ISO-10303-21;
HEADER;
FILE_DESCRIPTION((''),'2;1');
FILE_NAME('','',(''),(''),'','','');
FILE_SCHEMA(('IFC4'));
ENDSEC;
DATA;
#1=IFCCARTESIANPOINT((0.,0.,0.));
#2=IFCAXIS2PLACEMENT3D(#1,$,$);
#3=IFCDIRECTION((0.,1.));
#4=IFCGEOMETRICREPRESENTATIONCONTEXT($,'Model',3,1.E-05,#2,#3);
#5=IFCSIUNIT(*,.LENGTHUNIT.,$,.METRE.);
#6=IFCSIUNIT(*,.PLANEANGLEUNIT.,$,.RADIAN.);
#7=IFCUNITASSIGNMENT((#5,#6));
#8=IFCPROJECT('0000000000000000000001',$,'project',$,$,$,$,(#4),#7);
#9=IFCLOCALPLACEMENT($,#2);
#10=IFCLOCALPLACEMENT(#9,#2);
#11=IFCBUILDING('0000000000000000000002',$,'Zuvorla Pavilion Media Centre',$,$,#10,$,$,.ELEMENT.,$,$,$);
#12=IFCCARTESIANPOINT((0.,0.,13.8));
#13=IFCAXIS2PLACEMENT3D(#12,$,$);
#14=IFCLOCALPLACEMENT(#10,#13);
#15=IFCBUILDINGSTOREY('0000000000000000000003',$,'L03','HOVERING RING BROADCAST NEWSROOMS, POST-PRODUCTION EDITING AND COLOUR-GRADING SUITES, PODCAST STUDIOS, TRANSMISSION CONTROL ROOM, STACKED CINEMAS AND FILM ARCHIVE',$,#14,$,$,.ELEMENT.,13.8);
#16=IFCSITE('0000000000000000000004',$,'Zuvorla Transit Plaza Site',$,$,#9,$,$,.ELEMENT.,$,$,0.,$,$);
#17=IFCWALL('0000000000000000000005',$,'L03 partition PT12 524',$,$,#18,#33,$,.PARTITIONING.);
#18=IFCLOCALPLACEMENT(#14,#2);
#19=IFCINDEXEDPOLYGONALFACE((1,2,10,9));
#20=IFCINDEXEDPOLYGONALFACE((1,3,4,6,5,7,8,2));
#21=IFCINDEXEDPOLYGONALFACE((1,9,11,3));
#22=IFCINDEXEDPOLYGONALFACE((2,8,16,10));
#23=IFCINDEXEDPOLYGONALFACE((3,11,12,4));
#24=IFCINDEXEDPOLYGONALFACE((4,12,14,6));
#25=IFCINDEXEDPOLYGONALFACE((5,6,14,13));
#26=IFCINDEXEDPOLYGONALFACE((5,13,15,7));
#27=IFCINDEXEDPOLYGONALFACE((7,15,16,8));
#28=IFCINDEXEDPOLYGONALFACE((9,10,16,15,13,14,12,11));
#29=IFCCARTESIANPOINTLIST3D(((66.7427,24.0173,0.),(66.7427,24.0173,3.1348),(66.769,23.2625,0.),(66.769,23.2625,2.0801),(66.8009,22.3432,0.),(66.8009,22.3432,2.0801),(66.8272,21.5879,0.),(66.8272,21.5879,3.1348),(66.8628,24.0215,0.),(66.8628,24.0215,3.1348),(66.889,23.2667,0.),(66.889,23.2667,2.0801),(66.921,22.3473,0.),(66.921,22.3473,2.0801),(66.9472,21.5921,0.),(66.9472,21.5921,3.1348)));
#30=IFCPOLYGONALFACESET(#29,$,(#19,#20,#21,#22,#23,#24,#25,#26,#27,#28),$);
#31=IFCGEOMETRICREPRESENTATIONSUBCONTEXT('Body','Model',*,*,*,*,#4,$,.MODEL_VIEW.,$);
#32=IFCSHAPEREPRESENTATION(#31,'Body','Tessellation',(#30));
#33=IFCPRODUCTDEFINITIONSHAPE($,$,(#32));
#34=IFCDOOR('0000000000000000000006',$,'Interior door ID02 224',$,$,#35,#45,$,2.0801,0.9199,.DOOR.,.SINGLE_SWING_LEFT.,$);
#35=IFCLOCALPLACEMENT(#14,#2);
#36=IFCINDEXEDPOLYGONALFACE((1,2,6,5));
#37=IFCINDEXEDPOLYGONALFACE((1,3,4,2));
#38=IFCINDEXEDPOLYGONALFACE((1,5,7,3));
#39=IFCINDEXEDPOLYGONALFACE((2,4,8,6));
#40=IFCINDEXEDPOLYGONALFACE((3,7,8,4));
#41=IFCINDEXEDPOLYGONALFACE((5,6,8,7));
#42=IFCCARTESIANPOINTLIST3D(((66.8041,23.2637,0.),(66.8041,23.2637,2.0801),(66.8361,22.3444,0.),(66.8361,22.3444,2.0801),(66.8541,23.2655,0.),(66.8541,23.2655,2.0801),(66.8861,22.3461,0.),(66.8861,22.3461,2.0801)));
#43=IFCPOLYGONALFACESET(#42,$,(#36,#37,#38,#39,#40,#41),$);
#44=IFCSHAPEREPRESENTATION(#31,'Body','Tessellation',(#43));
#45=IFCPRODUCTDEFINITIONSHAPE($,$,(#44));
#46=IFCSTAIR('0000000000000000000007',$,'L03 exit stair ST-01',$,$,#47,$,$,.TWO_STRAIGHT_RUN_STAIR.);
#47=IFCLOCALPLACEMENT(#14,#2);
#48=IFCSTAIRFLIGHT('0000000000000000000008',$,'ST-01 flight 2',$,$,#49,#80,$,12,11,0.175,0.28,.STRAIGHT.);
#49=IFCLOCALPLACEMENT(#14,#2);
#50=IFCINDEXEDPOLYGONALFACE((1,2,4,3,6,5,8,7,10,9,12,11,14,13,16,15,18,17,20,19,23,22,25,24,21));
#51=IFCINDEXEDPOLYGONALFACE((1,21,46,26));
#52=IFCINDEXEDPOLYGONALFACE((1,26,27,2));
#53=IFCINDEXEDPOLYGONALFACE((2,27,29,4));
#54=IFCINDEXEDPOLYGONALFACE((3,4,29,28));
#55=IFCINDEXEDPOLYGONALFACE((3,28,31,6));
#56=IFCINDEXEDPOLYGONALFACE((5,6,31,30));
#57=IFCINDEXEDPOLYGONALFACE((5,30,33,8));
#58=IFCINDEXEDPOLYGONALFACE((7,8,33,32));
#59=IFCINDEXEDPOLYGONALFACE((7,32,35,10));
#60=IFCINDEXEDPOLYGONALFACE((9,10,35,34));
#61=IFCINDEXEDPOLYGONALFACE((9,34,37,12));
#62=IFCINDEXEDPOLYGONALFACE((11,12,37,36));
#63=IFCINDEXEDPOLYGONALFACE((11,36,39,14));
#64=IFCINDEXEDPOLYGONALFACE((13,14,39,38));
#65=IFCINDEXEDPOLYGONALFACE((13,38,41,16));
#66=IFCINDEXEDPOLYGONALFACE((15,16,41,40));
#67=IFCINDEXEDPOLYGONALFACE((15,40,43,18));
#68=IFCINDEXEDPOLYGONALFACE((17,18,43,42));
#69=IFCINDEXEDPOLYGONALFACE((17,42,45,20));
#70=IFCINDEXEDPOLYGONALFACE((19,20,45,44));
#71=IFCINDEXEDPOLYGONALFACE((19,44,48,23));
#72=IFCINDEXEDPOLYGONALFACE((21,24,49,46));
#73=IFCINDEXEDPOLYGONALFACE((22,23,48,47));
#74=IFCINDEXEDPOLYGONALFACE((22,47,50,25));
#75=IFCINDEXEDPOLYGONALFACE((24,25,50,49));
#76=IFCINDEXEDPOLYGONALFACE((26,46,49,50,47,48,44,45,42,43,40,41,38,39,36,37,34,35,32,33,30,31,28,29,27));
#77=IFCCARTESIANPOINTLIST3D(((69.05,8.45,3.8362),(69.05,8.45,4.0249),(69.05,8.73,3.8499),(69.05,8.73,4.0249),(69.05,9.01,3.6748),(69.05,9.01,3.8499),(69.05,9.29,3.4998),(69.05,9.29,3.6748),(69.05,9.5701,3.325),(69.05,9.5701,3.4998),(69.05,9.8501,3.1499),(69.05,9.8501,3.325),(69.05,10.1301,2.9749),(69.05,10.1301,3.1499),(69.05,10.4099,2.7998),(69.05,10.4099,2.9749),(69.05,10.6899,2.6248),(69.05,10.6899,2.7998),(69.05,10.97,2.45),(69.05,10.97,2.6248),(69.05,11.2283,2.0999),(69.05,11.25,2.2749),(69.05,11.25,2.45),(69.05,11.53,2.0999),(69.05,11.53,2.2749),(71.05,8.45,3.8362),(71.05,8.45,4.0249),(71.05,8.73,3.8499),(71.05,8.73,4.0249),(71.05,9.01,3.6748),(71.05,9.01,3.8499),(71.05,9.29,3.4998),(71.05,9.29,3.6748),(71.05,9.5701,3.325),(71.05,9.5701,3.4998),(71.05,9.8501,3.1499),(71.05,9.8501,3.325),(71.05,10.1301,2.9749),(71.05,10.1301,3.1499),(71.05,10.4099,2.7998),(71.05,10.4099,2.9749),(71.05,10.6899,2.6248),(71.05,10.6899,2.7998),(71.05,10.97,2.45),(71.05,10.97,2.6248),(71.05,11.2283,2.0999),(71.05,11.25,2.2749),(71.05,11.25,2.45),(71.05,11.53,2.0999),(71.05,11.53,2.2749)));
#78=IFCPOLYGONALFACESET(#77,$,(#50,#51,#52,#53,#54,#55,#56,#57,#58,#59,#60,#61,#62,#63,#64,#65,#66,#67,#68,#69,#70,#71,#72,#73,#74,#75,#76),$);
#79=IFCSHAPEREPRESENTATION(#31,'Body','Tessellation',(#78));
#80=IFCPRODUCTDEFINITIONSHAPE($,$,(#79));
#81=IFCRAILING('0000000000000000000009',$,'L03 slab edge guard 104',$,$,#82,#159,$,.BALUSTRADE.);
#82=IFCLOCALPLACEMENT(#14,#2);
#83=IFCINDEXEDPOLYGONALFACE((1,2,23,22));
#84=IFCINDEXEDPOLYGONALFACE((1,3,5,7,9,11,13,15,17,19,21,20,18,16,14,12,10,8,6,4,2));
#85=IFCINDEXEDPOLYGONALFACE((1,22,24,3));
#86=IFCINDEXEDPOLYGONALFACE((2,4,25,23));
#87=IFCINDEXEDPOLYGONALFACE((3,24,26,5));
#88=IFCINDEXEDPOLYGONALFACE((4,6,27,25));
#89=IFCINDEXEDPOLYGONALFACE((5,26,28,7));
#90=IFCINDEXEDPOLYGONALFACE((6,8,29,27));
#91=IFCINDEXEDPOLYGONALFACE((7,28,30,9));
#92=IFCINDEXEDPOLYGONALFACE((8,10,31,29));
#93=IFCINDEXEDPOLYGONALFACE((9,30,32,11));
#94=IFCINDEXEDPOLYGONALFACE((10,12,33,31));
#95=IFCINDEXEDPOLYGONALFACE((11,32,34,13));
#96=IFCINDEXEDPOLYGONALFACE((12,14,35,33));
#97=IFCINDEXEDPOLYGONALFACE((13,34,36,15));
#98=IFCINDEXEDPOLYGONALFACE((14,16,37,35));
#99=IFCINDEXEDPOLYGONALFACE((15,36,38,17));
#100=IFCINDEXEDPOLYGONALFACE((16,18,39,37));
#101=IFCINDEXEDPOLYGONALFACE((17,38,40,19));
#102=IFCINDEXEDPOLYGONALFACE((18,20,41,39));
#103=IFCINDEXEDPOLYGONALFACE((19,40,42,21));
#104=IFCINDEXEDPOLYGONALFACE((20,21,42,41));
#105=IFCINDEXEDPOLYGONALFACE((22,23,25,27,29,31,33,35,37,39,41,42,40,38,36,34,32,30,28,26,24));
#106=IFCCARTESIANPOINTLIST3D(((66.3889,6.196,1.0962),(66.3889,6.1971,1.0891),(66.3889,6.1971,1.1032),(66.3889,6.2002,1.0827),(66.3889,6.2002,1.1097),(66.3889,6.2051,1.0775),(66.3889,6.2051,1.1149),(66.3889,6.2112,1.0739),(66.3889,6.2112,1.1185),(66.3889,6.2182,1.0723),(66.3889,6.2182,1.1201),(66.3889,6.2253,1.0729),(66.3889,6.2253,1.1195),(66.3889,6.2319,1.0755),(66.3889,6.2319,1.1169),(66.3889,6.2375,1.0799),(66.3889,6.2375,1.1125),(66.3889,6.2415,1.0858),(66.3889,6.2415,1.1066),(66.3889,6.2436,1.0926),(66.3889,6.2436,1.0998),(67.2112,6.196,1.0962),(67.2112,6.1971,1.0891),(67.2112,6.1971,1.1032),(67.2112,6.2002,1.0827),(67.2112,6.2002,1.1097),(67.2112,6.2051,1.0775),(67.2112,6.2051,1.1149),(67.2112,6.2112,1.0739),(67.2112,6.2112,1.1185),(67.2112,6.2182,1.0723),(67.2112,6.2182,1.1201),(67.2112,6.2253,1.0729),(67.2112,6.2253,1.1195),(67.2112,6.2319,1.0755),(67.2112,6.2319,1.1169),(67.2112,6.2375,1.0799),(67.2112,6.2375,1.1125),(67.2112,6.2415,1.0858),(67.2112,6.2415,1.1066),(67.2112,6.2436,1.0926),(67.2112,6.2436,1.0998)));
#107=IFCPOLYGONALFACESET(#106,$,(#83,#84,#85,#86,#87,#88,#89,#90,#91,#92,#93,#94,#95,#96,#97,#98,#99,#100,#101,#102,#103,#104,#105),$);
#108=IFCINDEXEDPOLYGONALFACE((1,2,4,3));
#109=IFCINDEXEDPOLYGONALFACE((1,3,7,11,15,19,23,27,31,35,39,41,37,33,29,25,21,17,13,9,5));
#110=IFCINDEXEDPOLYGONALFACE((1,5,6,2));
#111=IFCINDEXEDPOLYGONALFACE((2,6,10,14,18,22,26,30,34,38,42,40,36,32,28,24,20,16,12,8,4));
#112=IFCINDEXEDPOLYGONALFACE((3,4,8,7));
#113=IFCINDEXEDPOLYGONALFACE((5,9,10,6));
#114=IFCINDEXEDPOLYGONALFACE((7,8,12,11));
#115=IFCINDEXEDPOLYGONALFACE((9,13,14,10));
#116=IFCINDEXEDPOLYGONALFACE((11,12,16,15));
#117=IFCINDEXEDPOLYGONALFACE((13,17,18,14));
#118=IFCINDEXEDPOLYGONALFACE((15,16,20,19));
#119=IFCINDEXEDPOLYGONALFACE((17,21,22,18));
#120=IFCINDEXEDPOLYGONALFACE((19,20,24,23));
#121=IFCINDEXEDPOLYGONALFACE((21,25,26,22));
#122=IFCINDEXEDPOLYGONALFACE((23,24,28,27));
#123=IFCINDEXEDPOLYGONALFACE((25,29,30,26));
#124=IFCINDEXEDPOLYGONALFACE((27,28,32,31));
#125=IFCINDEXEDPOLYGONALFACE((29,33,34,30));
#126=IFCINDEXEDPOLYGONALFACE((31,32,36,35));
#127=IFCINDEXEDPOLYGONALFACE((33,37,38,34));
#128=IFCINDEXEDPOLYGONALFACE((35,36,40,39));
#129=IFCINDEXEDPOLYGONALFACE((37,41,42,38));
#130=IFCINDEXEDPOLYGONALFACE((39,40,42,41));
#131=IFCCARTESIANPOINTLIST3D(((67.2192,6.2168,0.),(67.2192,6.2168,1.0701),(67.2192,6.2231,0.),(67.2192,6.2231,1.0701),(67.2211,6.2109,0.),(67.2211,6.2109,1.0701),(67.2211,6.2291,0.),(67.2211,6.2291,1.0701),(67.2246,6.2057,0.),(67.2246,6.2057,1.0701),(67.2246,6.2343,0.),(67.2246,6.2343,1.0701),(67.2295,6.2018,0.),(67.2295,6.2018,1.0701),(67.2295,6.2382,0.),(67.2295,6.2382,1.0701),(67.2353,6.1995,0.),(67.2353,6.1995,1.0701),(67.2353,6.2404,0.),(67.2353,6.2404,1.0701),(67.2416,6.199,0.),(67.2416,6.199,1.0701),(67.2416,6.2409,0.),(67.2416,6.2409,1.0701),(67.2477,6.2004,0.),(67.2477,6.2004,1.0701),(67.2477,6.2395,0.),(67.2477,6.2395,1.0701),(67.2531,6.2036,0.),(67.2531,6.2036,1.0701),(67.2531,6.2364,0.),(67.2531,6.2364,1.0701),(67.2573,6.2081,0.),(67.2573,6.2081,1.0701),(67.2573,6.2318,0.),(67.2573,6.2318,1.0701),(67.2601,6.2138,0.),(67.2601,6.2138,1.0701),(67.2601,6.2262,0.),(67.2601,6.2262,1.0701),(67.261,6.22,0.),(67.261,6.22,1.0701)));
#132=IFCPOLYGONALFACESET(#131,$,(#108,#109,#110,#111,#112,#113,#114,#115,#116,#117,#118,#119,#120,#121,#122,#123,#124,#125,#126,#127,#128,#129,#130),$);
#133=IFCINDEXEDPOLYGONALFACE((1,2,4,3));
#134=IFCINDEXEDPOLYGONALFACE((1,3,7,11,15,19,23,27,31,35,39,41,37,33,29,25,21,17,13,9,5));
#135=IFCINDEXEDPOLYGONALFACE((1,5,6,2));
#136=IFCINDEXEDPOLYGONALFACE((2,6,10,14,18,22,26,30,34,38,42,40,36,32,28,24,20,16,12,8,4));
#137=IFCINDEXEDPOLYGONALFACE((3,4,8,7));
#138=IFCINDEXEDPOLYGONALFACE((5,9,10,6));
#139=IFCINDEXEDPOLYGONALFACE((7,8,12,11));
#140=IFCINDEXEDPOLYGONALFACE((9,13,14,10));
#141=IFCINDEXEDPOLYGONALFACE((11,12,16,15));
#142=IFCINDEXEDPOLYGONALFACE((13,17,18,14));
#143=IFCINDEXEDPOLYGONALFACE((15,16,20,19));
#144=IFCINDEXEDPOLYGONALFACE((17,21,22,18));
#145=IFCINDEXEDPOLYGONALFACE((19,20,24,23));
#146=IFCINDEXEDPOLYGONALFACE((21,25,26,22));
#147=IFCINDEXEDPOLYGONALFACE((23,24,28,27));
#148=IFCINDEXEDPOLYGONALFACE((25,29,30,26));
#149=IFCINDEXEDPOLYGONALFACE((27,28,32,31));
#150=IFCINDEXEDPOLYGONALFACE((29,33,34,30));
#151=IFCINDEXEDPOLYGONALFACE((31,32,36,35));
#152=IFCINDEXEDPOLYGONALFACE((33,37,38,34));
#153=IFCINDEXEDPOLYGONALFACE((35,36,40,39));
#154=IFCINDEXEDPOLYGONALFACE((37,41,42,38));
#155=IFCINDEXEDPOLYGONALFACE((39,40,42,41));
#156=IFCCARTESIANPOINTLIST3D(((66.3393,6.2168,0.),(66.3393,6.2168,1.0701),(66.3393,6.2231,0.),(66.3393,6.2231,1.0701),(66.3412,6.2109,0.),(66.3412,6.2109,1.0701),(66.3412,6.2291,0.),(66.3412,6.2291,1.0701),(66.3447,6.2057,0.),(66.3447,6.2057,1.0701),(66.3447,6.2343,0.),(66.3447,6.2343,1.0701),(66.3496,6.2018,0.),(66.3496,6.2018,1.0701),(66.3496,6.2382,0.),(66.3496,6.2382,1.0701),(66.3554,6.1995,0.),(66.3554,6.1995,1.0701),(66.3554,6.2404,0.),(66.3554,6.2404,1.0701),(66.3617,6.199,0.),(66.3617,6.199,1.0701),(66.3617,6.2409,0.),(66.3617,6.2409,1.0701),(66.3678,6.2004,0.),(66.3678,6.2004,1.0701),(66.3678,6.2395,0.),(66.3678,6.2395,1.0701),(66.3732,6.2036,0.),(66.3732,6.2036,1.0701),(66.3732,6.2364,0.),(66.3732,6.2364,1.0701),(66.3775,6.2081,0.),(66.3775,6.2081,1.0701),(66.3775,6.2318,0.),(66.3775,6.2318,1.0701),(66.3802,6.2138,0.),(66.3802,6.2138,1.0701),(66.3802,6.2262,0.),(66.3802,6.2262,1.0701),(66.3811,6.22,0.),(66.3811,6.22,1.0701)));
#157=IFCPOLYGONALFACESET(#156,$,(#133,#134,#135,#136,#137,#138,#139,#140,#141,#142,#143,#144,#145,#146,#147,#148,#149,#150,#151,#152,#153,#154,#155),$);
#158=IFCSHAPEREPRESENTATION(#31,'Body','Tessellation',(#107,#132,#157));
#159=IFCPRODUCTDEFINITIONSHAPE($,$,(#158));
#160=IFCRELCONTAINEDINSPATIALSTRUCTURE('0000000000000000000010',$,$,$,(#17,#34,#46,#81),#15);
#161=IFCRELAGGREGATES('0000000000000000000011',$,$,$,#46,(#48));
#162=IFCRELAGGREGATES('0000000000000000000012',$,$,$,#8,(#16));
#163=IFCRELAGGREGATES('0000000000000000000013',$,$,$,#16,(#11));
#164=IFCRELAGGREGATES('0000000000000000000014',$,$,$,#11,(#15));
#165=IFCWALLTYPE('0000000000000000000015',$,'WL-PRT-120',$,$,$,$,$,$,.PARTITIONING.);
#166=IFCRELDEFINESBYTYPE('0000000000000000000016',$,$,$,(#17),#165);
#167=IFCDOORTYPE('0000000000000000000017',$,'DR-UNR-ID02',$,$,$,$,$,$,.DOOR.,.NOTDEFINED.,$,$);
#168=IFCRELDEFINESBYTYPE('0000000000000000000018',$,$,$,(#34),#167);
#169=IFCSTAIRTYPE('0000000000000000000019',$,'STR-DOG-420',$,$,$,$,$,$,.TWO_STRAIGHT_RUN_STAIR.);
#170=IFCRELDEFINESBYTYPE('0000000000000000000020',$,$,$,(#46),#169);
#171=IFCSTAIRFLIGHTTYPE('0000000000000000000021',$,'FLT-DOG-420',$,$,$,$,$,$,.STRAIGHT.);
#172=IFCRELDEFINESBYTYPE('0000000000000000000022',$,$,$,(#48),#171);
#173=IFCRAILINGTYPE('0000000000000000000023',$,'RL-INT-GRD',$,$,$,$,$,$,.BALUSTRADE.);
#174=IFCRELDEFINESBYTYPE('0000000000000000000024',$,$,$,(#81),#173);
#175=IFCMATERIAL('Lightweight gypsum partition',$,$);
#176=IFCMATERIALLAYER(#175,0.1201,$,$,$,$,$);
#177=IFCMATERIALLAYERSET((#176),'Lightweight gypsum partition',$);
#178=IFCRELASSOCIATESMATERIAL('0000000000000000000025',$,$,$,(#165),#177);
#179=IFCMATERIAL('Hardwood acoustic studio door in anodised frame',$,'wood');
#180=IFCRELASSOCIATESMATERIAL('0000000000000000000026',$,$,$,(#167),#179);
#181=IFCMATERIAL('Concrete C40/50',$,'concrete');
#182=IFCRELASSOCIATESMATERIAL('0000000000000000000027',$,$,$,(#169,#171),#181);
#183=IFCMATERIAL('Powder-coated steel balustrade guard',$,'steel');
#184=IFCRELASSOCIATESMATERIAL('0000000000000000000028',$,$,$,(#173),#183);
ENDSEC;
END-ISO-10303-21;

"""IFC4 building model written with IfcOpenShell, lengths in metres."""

from ifc_helpers import new_model, si_unit, direction, frame, frame_2d, origin, origin_2d, place, context, subcontext, project, spatial, polyline, rectangle, circle, outline, extrude, material, layer, layer_set, type_object, element, fill, aggregate, save


model = new_model("IFC4")

# Units and contexts
model_context = context("Model", 3, precision=1e-05, world=origin(), true_north=direction((0.0, 1.0)))
body_context = subcontext(model_context, "Body", "Model", "MODEL_VIEW")
ifc_project = project(units=[si_unit("LENGTHUNIT", "METRE"), si_unit("PLANEANGLEUNIT", "RADIAN")], contexts=[model_context])

# Site, building, storey
site_placement = place(None, origin())
site = spatial("IfcSite", under=ifc_project, at=site_placement, Name="Zuvorla Transit Plaza Site", CompositionType="ELEMENT", RefElevation=0.0)
building_placement = place(site_placement, origin())
building = spatial("IfcBuilding", under=site, at=building_placement, Name="Zuvorla Pavilion Media Centre", CompositionType="ELEMENT")
storey_placement = place(building_placement, frame((0.0, 0.0, 13.8)))
storey = spatial("IfcBuildingStorey", under=building, at=storey_placement, Name="L03", Description="HOVERING RING BROADCAST NEWSROOMS, POST-PRODUCTION EDITING AND COLOUR-GRADING SUITES, PODCAST STUDIOS, TRANSMISSION CONTROL ROOM, STACKED CINEMAS AND FILM ARCHIVE", CompositionType="ELEMENT", Elevation=13.8)

# Shared definitions
ifc_material_1 = material(Name="Concrete C40/50", Category="concrete")

# Wall, opening, door
ifc_material_2 = material(Name="Lightweight gypsum partition")
ifc_layer_1 = layer(ifc_material_2, 0.1201)
ifc_layer_set_1 = layer_set([ifc_layer_1], Name="Lightweight gypsum partition")
wall_type_1 = type_object("IfcWallType", Name="WL-PRT-120", PredefinedType="PARTITIONING", material=ifc_layer_set_1)
wall_1_placement = place(storey_placement, frame((66.8872, 21.5901, 0.0), z_axis=(0.0, 0.0, 1.0), x_axis=(-0.034749, 0.999396, 0.0)))
wall_1 = element("IfcWall", 1, at=wall_1_placement, inside=storey, type_object=wall_type_1, Name="L03 partition PT12 524", PredefinedType="PARTITIONING", context=body_context, shape_type="SweptSolid", body=[
    extrude(rectangle(XDim=2.4309, YDim=0.1201, at=frame_2d((1.2153, 0.0))), origin(), (0.0, 0.0, 1.0), 3.1348),
])
opening_1_placement = place(wall_1_placement, frame((0.7556, 0.0, 0.0)))
opening_1 = element("IfcOpeningElement", 2, at=opening_1_placement, cuts=wall_1, PredefinedType="OPENING", context=body_context, shape_type="SweptSolid", body=[
    extrude(rectangle(XDim=0.9199, YDim=2.0801, at=frame_2d((0.46, 1.04))), frame((0.0, 0.0701, 0.0), z_axis=(0.0, -1.0, 0.0), x_axis=(1.0, 0.0, 0.0)), (0.0, 0.0, 1.0), 0.1401),
])
ifc_material_3 = material(Name="Hardwood acoustic studio door in anodised frame", Category="wood")
door_type_1 = type_object("IfcDoorType", Name="DR-UNR-ID02", OperationType="NOTDEFINED", PredefinedType="DOOR", material=ifc_material_3)
door_1_placement = place(opening_1_placement, origin())
door_1 = element("IfcDoor", 3, at=door_1_placement, inside=storey, type_object=door_type_1, Name="Interior door ID02 224", OperationType="SINGLE_SWING_LEFT", OverallHeight=2.0801, OverallWidth=0.9199, PredefinedType="DOOR", context=body_context, shape_type="SweptSolid", body=[
    extrude(rectangle(XDim=0.9199, YDim=2.0801, at=frame_2d((0.46, 1.04))), frame((0.0, 0.0249, 0.0), z_axis=(0.0, -1.0, 0.0), x_axis=(1.0, 0.0, 0.0)), (0.0, 0.0, 1.0), 0.05),
])
fill(opening_1, door_1)

# Stair, stair flight
stair_type = type_object("IfcStairType", Name="STR-DOG-420", PredefinedType="TWO_STRAIGHT_RUN_STAIR", material=ifc_material_1)
stair_placement = place(storey_placement, origin())
stair = element("IfcStair", 4, at=stair_placement, inside=storey, type_object=stair_type, Name="L03 exit stair ST-01", PredefinedType="TWO_STRAIGHT_RUN_STAIR")
stair_flight_type = type_object("IfcStairFlightType", Name="FLT-DOG-420", PredefinedType="STRAIGHT", material=ifc_material_1)
stair_flight_placement = place(storey_placement, frame((70.05, 11.53, 2.0999), z_axis=(0.0, 0.0, 1.0), x_axis=(0.0, -1.0, 0.0)))
stair_flight = element("IfcStairFlight", 5, at=stair_flight_placement, type_object=stair_flight_type, Name="ST-01 flight 2", NumberOfRisers=12, NumberOfTreads=11, PredefinedType="STRAIGHT", RiserHeight=0.175, TreadLength=0.28, context=body_context, shape_type="SweptSolid", body=[
    extrude(outline(polyline([(0.0, 0.0), (0.0, 0.175), (0.28, 0.175), (0.28, 0.3501), (0.5601, 0.3501), (0.5601, 0.5249), (0.8401, 0.5249), (0.8401, 0.7), (1.1201, 0.7), (1.1201, 0.875), (1.3999, 0.875), (1.3999, 1.05), (1.6799, 1.05), (1.6799, 1.2251), (1.96, 1.2251), (1.96, 1.3999), (2.24, 1.3999), (2.24, 1.575), (2.52, 1.575), (2.52, 1.75), (2.8, 1.75), (2.8, 1.925), (3.0801, 1.925), (3.0801, 2.1001), (3.0801, 1.7363), (0.3018, 0.0), (0.0, 0.0)])), frame((0.0, 1.0, 0.0), z_axis=(0.0, -1.0, 0.0), x_axis=(1.0, 0.0, 0.0)), (0.0, 0.0, 1.0), 2.0),
])
aggregate(stair, [stair_flight])

# Railing
ifc_material_4 = material(Name="Powder-coated steel balustrade guard", Category="steel")
railing_type_1 = type_object("IfcRailingType", Name="RL-INT-GRD", PredefinedType="BALUSTRADE", material=ifc_material_4)
railing_1_placement = place(storey_placement, frame((67.24, 6.22, 0.0)))
element("IfcRailing", 6, at=railing_1_placement, inside=storey, type_object=railing_type_1, Name="L03 slab edge guard 104", PredefinedType="BALUSTRADE", context=body_context, shape_type="SweptSolid", body=[
    extrude(circle(Radius=0.0239, at=origin_2d()), frame((-0.0288, 0.0, 1.0962), z_axis=(-1.0, 0.0, 0.0), x_axis=(0.0, -1.0, 0.0)), (0.0, 0.0, 1.0), 0.8223),
    extrude(circle(Radius=0.021, at=origin_2d()), origin(), (0.0, 0.0, 1.0), 1.0701),
    extrude(circle(Radius=0.021, at=origin_2d()), frame((-0.8799, 0.0, 0.0)), (0.0, 0.0, 1.0), 1.0701),
])

save(model, "model.ifc")
